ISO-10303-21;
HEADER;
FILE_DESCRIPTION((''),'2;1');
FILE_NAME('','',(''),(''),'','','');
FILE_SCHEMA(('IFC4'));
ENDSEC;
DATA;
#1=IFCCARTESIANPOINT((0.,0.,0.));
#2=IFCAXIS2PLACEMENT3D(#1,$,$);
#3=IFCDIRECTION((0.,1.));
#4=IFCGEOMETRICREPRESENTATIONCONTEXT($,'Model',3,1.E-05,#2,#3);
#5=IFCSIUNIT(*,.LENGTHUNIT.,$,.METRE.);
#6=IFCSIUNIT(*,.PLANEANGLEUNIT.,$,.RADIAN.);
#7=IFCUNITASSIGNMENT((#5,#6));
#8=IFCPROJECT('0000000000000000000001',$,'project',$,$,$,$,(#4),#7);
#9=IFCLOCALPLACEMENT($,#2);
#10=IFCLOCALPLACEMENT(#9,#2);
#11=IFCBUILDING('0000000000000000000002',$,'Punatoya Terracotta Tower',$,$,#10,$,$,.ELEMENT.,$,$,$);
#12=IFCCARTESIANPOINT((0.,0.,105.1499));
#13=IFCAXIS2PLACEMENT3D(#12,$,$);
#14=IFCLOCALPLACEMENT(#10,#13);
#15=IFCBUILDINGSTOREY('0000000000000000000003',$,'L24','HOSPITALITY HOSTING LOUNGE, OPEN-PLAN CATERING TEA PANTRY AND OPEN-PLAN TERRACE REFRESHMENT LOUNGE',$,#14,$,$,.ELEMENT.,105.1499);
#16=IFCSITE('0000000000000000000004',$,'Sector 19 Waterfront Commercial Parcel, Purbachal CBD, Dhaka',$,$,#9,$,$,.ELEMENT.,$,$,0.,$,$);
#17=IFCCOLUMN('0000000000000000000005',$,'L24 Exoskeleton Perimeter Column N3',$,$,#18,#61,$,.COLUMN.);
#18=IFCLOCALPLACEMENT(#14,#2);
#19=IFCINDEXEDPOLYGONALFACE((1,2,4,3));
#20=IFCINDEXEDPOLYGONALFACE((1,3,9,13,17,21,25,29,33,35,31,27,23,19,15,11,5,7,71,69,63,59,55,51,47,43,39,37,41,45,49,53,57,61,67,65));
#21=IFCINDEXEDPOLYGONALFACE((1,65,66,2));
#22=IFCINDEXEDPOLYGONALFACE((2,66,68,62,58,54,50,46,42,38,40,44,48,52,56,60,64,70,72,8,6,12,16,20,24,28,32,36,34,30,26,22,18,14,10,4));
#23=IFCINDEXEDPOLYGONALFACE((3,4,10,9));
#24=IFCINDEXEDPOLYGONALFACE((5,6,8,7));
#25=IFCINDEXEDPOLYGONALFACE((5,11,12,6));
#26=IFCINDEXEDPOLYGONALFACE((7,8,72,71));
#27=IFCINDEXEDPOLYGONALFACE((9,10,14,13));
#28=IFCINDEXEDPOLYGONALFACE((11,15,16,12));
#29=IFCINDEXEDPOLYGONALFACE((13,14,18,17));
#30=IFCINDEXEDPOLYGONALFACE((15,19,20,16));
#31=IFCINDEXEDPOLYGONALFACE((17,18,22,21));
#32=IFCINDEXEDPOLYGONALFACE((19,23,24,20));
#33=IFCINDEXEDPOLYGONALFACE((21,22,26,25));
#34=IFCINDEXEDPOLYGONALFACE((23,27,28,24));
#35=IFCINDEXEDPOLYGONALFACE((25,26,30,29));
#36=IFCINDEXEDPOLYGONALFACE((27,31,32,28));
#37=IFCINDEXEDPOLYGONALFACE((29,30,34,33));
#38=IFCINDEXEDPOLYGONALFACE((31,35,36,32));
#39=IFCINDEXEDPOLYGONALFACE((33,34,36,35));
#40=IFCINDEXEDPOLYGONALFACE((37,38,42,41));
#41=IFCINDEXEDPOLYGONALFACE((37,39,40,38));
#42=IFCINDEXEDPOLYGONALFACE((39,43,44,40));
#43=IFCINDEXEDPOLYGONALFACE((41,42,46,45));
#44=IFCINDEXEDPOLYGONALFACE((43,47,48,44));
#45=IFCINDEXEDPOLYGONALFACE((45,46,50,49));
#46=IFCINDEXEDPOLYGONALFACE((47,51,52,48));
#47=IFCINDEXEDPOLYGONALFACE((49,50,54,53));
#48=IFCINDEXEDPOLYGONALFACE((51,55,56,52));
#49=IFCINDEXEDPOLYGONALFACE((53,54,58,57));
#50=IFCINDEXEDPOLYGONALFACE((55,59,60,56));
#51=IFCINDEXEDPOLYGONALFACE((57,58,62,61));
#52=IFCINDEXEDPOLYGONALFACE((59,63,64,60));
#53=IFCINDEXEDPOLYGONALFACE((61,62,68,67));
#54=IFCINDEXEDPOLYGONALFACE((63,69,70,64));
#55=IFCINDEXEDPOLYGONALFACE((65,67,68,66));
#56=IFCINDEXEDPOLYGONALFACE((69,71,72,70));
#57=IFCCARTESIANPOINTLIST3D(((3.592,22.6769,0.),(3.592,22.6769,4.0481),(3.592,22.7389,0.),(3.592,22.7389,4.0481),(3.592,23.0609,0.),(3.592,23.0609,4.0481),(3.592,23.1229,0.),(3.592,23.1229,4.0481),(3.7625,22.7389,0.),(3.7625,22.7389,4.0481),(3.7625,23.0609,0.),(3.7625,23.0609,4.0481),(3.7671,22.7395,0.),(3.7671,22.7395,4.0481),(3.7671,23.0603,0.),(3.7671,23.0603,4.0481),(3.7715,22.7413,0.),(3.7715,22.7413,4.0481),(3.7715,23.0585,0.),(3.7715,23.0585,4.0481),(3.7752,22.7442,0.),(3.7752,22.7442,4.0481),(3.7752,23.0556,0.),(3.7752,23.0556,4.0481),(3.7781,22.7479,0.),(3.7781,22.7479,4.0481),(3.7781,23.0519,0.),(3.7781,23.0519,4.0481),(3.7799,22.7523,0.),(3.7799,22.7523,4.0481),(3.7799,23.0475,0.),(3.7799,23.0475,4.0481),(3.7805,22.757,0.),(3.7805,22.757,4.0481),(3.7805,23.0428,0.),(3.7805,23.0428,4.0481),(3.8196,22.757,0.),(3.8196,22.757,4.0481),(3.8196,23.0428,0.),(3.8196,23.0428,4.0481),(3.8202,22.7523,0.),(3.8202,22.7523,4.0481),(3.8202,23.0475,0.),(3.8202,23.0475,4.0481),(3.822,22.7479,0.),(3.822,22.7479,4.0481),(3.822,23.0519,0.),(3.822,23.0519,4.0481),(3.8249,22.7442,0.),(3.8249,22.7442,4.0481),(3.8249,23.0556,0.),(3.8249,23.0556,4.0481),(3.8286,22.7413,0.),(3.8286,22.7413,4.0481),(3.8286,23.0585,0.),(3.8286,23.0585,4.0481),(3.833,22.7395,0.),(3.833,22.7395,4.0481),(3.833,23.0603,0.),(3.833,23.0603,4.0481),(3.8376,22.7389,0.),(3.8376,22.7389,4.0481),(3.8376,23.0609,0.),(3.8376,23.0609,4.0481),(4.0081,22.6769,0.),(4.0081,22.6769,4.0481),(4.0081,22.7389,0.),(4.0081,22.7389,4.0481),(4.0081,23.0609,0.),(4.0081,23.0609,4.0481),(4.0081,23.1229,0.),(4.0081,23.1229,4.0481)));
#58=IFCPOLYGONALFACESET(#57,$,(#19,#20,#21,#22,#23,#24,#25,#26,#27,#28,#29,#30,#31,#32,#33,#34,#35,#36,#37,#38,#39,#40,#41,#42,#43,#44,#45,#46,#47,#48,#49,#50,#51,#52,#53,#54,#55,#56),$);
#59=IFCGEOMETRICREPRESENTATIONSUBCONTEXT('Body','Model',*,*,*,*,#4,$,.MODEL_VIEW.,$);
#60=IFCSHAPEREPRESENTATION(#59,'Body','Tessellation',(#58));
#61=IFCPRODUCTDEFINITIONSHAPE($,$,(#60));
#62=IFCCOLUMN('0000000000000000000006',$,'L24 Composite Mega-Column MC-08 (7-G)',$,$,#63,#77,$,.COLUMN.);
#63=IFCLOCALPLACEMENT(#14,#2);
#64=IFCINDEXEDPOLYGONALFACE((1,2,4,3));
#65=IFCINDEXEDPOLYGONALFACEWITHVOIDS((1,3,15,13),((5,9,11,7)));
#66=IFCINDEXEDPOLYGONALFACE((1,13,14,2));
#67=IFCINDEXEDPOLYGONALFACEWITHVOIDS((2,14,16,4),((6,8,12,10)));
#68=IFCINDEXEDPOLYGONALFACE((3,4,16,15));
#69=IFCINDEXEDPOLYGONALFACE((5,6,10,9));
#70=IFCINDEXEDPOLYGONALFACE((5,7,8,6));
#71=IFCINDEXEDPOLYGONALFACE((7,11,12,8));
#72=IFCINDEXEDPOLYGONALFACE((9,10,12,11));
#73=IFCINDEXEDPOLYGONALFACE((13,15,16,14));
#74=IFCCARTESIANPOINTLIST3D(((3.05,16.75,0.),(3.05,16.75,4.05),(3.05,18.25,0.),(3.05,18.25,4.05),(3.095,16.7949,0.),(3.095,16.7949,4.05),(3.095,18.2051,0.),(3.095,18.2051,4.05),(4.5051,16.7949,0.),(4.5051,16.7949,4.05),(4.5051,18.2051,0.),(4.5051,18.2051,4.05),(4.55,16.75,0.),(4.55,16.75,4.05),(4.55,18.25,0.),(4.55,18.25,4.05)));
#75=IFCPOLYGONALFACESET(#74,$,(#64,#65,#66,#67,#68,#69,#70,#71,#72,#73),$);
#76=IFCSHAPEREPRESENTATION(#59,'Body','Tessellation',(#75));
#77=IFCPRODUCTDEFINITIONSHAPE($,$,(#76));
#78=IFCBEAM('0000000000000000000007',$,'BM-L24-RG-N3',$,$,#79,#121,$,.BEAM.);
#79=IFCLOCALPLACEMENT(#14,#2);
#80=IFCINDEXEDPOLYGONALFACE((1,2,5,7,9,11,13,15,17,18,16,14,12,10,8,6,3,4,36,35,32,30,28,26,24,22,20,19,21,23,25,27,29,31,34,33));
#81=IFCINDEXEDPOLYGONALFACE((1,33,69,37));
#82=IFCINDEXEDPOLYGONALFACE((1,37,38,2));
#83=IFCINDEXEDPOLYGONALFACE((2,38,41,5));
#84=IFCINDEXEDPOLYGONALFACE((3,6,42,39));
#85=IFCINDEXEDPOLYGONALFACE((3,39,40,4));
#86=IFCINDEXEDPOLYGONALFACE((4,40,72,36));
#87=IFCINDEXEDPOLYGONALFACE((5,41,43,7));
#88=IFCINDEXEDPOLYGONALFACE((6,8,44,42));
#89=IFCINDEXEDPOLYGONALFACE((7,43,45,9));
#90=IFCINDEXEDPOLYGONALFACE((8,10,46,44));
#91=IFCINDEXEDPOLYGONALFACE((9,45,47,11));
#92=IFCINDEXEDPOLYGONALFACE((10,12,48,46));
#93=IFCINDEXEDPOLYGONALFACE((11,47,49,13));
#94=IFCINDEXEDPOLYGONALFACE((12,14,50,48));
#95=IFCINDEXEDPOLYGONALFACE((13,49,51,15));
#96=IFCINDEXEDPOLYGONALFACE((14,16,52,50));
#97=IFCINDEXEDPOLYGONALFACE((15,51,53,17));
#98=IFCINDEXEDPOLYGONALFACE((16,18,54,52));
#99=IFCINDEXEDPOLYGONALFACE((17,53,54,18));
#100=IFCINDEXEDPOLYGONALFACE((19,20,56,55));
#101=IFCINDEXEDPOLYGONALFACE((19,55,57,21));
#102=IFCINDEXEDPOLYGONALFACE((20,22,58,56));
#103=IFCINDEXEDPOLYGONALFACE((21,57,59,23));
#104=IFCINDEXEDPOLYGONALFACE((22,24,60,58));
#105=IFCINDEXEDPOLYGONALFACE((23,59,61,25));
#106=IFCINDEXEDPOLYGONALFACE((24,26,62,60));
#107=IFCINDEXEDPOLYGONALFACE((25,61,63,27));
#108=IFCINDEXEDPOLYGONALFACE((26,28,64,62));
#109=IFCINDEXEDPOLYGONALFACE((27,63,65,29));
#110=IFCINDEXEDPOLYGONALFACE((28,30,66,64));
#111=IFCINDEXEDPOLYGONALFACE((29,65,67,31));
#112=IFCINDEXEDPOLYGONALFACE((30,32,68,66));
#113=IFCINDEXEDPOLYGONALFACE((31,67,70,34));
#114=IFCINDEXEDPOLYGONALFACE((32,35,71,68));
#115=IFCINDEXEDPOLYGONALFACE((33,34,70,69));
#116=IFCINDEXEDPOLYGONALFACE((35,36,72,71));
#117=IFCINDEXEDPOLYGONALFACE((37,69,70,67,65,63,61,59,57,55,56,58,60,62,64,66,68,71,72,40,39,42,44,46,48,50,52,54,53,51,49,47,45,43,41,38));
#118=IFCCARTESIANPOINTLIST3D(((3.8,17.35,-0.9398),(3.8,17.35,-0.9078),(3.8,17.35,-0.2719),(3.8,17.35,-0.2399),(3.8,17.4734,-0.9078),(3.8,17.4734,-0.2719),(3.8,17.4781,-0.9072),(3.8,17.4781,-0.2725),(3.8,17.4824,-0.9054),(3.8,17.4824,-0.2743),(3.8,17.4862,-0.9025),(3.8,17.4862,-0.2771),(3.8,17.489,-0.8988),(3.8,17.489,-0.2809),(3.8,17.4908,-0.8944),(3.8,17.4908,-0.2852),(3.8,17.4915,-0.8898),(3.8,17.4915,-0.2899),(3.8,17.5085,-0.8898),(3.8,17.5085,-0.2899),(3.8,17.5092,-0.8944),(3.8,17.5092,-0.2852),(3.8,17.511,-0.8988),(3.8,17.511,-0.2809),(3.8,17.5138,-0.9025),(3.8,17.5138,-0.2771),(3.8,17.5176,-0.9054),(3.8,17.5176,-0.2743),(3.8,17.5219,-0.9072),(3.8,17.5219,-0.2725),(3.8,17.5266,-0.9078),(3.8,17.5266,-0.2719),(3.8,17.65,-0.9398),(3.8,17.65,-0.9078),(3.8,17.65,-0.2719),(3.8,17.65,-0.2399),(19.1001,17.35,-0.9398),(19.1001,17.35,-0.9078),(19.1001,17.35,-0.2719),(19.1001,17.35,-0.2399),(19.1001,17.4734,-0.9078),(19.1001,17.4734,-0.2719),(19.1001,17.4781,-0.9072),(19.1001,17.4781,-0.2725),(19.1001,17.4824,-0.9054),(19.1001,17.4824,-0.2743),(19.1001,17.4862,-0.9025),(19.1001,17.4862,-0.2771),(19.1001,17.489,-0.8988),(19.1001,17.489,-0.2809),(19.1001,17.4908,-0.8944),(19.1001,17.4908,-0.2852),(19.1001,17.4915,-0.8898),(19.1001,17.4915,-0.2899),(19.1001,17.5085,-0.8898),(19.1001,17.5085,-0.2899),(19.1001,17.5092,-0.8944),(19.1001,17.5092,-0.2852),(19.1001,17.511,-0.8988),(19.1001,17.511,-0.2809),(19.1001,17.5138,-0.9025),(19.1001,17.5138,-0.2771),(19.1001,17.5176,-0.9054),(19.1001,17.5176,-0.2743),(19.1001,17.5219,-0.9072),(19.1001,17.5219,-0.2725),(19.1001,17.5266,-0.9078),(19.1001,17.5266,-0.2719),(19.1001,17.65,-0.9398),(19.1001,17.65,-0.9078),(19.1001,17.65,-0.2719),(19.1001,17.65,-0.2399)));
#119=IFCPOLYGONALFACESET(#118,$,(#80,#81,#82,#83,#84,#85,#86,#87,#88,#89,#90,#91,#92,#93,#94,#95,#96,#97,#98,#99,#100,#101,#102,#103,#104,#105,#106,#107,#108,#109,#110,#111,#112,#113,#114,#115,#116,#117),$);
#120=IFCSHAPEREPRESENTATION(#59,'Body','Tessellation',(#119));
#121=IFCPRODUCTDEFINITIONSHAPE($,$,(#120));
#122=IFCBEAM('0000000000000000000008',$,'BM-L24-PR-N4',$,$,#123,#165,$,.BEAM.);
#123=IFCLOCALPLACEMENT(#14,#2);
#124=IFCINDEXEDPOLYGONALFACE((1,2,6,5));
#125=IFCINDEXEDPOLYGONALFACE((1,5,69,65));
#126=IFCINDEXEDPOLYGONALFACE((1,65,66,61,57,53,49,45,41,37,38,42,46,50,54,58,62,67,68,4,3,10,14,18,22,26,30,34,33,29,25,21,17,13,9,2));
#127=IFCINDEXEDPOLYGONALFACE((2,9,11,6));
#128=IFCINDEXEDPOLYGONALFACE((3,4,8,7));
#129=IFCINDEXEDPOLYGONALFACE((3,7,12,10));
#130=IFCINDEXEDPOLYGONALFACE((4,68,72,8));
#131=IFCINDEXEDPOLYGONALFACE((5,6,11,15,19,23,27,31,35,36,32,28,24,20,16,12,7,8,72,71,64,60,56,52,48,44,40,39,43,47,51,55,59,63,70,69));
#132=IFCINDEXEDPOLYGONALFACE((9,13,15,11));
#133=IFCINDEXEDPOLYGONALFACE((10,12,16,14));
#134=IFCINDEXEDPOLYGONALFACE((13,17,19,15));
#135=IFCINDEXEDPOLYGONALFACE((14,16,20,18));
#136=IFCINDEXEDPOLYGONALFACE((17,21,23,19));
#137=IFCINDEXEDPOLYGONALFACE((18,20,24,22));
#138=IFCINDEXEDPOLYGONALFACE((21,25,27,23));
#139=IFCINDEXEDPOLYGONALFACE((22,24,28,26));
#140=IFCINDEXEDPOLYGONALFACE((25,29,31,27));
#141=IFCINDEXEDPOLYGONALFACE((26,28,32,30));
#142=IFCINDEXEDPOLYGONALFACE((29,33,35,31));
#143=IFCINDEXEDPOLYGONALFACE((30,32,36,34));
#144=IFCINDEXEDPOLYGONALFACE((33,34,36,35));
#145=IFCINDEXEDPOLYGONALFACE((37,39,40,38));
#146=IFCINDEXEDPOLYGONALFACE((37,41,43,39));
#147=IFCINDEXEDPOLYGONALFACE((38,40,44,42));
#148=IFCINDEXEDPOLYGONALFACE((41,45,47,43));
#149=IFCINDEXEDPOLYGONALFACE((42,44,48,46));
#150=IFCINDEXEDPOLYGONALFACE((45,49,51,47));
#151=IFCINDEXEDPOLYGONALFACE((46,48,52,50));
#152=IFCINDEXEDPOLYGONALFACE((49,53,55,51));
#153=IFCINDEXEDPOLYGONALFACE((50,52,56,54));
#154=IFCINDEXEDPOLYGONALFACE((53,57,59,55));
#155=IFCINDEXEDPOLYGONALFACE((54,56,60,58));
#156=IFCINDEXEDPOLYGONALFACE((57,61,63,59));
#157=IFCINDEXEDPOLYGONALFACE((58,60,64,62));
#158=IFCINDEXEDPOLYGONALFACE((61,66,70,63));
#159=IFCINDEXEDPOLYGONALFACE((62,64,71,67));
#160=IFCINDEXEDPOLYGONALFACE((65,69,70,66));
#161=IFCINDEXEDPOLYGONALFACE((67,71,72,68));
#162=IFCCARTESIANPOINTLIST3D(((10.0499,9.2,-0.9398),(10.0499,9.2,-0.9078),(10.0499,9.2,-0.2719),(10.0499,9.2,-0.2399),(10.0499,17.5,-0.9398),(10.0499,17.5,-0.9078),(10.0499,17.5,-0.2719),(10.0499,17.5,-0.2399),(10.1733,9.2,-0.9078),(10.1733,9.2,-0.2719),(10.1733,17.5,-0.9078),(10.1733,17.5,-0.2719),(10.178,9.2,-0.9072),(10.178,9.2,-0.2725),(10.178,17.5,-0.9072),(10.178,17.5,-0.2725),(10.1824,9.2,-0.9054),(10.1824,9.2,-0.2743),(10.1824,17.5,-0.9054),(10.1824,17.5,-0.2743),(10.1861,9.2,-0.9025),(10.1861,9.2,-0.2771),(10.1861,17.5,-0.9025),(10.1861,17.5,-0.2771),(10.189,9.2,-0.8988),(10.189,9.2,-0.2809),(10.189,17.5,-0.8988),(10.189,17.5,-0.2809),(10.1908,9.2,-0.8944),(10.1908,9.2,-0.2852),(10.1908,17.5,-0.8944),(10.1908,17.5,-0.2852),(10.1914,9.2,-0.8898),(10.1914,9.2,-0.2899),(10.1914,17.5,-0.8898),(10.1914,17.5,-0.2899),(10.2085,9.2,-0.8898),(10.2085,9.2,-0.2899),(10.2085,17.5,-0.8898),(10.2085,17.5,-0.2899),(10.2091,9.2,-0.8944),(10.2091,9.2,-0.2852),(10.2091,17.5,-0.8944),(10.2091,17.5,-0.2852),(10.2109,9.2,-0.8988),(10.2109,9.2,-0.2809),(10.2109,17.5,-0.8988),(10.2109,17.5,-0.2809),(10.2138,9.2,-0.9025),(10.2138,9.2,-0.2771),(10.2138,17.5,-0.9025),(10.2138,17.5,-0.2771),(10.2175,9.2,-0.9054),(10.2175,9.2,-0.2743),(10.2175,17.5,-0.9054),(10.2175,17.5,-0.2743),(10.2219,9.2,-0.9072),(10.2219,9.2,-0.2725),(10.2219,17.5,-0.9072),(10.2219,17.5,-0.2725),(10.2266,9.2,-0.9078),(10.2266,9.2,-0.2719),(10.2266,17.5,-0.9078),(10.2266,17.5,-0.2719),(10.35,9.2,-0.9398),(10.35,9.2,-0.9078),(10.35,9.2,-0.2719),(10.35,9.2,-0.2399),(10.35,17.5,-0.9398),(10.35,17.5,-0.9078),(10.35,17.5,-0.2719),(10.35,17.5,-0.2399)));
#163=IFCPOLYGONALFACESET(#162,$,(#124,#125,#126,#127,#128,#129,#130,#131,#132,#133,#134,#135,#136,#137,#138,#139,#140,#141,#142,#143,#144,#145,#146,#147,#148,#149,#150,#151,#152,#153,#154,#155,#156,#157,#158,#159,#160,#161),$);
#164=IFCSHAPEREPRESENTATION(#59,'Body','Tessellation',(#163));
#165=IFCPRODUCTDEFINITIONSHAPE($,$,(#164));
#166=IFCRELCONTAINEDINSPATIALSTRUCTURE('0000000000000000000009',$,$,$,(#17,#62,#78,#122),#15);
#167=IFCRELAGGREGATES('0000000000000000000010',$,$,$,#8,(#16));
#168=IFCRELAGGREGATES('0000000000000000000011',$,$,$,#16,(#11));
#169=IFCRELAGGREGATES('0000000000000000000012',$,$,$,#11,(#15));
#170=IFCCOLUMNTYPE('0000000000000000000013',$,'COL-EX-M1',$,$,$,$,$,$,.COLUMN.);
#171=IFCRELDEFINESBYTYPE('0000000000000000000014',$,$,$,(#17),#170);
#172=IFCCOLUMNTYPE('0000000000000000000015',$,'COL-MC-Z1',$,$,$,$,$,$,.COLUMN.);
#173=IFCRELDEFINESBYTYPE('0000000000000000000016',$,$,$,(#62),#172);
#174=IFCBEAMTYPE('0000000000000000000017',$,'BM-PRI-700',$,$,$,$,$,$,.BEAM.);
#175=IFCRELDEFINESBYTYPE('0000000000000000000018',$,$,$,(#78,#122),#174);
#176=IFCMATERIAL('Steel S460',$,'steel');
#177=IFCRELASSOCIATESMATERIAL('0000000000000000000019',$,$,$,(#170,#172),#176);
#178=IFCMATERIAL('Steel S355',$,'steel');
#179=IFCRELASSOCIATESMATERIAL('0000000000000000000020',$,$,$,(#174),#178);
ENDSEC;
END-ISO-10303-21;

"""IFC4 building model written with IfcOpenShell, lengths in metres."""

from ifc_helpers import new_model, si_unit, direction, frame, origin, origin_2d, place, context, subcontext, project, spatial, hollow_rectangle, i_section, extrude, material, material_profile, profile_set, type_object, element, save


model = new_model("IFC4")

# Units and contexts
model_context = context("Model", 3, precision=1e-05, world=origin(), true_north=direction((0.0, 1.0)))
body_context = subcontext(model_context, "Body", "Model", "MODEL_VIEW")
ifc_project = project(units=[si_unit("LENGTHUNIT", "METRE"), si_unit("PLANEANGLEUNIT", "RADIAN")], contexts=[model_context])

# Site, building, storey
site_placement = place(None, origin())
site = spatial("IfcSite", under=ifc_project, at=site_placement, Name="Sector 19 Waterfront Commercial Parcel, Purbachal CBD, Dhaka", CompositionType="ELEMENT", RefElevation=0.0)
building_placement = place(site_placement, origin())
building = spatial("IfcBuilding", under=site, at=building_placement, Name="Punatoya Terracotta Tower", CompositionType="ELEMENT")
storey_placement = place(building_placement, frame((0.0, 0.0, 105.1499)))
storey = spatial("IfcBuildingStorey", under=building, at=storey_placement, Name="L24", Description="HOSPITALITY HOSTING LOUNGE, OPEN-PLAN CATERING TEA PANTRY AND OPEN-PLAN TERRACE REFRESHMENT LOUNGE", CompositionType="ELEMENT", Elevation=105.1499)

# Columns
ifc_material_1 = material(Name="Steel S460", Category="steel")
ifc_material_profile_1 = material_profile(ifc_material_1, i_section(OverallWidth=0.416, OverallDepth=0.446, WebThickness=0.0391, FlangeThickness=0.062, FilletRadius=0.0181, at=origin_2d()))
ifc_profile_set_1 = profile_set([ifc_material_profile_1], Name="Steel S460")
column_type_1 = type_object("IfcColumnType", Name="COL-EX-M1", PredefinedType="COLUMN", material=ifc_profile_set_1)
column_1_placement = place(storey_placement, frame((3.8, 22.8999, 0.0), z_axis=(0.0, 0.0, 1.0), x_axis=(1.0, 0.0, 0.0)))
element("IfcColumn", 1, at=column_1_placement, inside=storey, type_object=column_type_1, Name="L24 Exoskeleton Perimeter Column N3", PredefinedType="COLUMN", context=body_context, shape_type="SweptSolid", body=[
    extrude(i_section(OverallWidth=0.416, OverallDepth=0.446, WebThickness=0.0391, FlangeThickness=0.062, FilletRadius=0.0181, at=origin_2d()), origin(), (0.0, 0.0, 1.0), 4.0481),
])
ifc_material_profile_2 = material_profile(ifc_material_1, hollow_rectangle(XDim=1.5, YDim=1.5, WallThickness=0.0449, at=origin_2d()))
ifc_profile_set_2 = profile_set([ifc_material_profile_2], Name="Steel S460")
column_type_2 = type_object("IfcColumnType", Name="COL-MC-Z1", PredefinedType="COLUMN", material=ifc_profile_set_2)
column_2_placement = place(storey_placement, frame((3.8, 17.5, 0.0), z_axis=(0.0, 0.0, 1.0), x_axis=(1.0, 0.0, 0.0)))
element("IfcColumn", 2, at=column_2_placement, inside=storey, type_object=column_type_2, Name="L24 Composite Mega-Column MC-08 (7-G)", PredefinedType="COLUMN", context=body_context, shape_type="SweptSolid", body=[
    extrude(hollow_rectangle(XDim=1.5, YDim=1.5, WallThickness=0.0449, at=origin_2d()), origin(), (0.0, 0.0, 1.0), 4.05),
])

# Beams
ifc_material_2 = material(Name="Steel S355", Category="steel")
ifc_material_profile_3 = material_profile(ifc_material_2, i_section(OverallWidth=0.3, OverallDepth=0.7, WebThickness=0.0171, FlangeThickness=0.032, FilletRadius=0.0181, at=origin_2d()))
ifc_profile_set_3 = profile_set([ifc_material_profile_3], Name="Steel S355")
beam_type_1 = type_object("IfcBeamType", Name="BM-PRI-700", PredefinedType="BEAM", material=ifc_profile_set_3)
beam_1_placement = place(storey_placement, frame((3.8, 17.5, -0.5898), z_axis=(1.0, 0.0, 0.0), x_axis=(0.0, 1.0, 0.0)))
element("IfcBeam", 3, at=beam_1_placement, inside=storey, type_object=beam_type_1, Name="BM-L24-RG-N3", PredefinedType="BEAM", context=body_context, shape_type="SweptSolid", body=[
    extrude(i_section(OverallWidth=0.3, OverallDepth=0.7, WebThickness=0.0171, FlangeThickness=0.032, FilletRadius=0.0181, at=origin_2d()), origin(), (0.0, 0.0, 1.0), 15.3),
])
beam_2_placement = place(storey_placement, frame((10.2, 9.2, -0.5898), z_axis=(0.0, 1.0, 0.0), x_axis=(-1.0, 0.0, 0.0)))
element("IfcBeam", 4, at=beam_2_placement, inside=storey, type_object=beam_type_1, Name="BM-L24-PR-N4", PredefinedType="BEAM", context=body_context, shape_type="SweptSolid", body=[
    extrude(i_section(OverallWidth=0.3, OverallDepth=0.7, WebThickness=0.0171, FlangeThickness=0.032, FilletRadius=0.0181, at=origin_2d()), origin(), (0.0, 0.0, 1.0), 8.3),
])

save(model, "model.ifc")
